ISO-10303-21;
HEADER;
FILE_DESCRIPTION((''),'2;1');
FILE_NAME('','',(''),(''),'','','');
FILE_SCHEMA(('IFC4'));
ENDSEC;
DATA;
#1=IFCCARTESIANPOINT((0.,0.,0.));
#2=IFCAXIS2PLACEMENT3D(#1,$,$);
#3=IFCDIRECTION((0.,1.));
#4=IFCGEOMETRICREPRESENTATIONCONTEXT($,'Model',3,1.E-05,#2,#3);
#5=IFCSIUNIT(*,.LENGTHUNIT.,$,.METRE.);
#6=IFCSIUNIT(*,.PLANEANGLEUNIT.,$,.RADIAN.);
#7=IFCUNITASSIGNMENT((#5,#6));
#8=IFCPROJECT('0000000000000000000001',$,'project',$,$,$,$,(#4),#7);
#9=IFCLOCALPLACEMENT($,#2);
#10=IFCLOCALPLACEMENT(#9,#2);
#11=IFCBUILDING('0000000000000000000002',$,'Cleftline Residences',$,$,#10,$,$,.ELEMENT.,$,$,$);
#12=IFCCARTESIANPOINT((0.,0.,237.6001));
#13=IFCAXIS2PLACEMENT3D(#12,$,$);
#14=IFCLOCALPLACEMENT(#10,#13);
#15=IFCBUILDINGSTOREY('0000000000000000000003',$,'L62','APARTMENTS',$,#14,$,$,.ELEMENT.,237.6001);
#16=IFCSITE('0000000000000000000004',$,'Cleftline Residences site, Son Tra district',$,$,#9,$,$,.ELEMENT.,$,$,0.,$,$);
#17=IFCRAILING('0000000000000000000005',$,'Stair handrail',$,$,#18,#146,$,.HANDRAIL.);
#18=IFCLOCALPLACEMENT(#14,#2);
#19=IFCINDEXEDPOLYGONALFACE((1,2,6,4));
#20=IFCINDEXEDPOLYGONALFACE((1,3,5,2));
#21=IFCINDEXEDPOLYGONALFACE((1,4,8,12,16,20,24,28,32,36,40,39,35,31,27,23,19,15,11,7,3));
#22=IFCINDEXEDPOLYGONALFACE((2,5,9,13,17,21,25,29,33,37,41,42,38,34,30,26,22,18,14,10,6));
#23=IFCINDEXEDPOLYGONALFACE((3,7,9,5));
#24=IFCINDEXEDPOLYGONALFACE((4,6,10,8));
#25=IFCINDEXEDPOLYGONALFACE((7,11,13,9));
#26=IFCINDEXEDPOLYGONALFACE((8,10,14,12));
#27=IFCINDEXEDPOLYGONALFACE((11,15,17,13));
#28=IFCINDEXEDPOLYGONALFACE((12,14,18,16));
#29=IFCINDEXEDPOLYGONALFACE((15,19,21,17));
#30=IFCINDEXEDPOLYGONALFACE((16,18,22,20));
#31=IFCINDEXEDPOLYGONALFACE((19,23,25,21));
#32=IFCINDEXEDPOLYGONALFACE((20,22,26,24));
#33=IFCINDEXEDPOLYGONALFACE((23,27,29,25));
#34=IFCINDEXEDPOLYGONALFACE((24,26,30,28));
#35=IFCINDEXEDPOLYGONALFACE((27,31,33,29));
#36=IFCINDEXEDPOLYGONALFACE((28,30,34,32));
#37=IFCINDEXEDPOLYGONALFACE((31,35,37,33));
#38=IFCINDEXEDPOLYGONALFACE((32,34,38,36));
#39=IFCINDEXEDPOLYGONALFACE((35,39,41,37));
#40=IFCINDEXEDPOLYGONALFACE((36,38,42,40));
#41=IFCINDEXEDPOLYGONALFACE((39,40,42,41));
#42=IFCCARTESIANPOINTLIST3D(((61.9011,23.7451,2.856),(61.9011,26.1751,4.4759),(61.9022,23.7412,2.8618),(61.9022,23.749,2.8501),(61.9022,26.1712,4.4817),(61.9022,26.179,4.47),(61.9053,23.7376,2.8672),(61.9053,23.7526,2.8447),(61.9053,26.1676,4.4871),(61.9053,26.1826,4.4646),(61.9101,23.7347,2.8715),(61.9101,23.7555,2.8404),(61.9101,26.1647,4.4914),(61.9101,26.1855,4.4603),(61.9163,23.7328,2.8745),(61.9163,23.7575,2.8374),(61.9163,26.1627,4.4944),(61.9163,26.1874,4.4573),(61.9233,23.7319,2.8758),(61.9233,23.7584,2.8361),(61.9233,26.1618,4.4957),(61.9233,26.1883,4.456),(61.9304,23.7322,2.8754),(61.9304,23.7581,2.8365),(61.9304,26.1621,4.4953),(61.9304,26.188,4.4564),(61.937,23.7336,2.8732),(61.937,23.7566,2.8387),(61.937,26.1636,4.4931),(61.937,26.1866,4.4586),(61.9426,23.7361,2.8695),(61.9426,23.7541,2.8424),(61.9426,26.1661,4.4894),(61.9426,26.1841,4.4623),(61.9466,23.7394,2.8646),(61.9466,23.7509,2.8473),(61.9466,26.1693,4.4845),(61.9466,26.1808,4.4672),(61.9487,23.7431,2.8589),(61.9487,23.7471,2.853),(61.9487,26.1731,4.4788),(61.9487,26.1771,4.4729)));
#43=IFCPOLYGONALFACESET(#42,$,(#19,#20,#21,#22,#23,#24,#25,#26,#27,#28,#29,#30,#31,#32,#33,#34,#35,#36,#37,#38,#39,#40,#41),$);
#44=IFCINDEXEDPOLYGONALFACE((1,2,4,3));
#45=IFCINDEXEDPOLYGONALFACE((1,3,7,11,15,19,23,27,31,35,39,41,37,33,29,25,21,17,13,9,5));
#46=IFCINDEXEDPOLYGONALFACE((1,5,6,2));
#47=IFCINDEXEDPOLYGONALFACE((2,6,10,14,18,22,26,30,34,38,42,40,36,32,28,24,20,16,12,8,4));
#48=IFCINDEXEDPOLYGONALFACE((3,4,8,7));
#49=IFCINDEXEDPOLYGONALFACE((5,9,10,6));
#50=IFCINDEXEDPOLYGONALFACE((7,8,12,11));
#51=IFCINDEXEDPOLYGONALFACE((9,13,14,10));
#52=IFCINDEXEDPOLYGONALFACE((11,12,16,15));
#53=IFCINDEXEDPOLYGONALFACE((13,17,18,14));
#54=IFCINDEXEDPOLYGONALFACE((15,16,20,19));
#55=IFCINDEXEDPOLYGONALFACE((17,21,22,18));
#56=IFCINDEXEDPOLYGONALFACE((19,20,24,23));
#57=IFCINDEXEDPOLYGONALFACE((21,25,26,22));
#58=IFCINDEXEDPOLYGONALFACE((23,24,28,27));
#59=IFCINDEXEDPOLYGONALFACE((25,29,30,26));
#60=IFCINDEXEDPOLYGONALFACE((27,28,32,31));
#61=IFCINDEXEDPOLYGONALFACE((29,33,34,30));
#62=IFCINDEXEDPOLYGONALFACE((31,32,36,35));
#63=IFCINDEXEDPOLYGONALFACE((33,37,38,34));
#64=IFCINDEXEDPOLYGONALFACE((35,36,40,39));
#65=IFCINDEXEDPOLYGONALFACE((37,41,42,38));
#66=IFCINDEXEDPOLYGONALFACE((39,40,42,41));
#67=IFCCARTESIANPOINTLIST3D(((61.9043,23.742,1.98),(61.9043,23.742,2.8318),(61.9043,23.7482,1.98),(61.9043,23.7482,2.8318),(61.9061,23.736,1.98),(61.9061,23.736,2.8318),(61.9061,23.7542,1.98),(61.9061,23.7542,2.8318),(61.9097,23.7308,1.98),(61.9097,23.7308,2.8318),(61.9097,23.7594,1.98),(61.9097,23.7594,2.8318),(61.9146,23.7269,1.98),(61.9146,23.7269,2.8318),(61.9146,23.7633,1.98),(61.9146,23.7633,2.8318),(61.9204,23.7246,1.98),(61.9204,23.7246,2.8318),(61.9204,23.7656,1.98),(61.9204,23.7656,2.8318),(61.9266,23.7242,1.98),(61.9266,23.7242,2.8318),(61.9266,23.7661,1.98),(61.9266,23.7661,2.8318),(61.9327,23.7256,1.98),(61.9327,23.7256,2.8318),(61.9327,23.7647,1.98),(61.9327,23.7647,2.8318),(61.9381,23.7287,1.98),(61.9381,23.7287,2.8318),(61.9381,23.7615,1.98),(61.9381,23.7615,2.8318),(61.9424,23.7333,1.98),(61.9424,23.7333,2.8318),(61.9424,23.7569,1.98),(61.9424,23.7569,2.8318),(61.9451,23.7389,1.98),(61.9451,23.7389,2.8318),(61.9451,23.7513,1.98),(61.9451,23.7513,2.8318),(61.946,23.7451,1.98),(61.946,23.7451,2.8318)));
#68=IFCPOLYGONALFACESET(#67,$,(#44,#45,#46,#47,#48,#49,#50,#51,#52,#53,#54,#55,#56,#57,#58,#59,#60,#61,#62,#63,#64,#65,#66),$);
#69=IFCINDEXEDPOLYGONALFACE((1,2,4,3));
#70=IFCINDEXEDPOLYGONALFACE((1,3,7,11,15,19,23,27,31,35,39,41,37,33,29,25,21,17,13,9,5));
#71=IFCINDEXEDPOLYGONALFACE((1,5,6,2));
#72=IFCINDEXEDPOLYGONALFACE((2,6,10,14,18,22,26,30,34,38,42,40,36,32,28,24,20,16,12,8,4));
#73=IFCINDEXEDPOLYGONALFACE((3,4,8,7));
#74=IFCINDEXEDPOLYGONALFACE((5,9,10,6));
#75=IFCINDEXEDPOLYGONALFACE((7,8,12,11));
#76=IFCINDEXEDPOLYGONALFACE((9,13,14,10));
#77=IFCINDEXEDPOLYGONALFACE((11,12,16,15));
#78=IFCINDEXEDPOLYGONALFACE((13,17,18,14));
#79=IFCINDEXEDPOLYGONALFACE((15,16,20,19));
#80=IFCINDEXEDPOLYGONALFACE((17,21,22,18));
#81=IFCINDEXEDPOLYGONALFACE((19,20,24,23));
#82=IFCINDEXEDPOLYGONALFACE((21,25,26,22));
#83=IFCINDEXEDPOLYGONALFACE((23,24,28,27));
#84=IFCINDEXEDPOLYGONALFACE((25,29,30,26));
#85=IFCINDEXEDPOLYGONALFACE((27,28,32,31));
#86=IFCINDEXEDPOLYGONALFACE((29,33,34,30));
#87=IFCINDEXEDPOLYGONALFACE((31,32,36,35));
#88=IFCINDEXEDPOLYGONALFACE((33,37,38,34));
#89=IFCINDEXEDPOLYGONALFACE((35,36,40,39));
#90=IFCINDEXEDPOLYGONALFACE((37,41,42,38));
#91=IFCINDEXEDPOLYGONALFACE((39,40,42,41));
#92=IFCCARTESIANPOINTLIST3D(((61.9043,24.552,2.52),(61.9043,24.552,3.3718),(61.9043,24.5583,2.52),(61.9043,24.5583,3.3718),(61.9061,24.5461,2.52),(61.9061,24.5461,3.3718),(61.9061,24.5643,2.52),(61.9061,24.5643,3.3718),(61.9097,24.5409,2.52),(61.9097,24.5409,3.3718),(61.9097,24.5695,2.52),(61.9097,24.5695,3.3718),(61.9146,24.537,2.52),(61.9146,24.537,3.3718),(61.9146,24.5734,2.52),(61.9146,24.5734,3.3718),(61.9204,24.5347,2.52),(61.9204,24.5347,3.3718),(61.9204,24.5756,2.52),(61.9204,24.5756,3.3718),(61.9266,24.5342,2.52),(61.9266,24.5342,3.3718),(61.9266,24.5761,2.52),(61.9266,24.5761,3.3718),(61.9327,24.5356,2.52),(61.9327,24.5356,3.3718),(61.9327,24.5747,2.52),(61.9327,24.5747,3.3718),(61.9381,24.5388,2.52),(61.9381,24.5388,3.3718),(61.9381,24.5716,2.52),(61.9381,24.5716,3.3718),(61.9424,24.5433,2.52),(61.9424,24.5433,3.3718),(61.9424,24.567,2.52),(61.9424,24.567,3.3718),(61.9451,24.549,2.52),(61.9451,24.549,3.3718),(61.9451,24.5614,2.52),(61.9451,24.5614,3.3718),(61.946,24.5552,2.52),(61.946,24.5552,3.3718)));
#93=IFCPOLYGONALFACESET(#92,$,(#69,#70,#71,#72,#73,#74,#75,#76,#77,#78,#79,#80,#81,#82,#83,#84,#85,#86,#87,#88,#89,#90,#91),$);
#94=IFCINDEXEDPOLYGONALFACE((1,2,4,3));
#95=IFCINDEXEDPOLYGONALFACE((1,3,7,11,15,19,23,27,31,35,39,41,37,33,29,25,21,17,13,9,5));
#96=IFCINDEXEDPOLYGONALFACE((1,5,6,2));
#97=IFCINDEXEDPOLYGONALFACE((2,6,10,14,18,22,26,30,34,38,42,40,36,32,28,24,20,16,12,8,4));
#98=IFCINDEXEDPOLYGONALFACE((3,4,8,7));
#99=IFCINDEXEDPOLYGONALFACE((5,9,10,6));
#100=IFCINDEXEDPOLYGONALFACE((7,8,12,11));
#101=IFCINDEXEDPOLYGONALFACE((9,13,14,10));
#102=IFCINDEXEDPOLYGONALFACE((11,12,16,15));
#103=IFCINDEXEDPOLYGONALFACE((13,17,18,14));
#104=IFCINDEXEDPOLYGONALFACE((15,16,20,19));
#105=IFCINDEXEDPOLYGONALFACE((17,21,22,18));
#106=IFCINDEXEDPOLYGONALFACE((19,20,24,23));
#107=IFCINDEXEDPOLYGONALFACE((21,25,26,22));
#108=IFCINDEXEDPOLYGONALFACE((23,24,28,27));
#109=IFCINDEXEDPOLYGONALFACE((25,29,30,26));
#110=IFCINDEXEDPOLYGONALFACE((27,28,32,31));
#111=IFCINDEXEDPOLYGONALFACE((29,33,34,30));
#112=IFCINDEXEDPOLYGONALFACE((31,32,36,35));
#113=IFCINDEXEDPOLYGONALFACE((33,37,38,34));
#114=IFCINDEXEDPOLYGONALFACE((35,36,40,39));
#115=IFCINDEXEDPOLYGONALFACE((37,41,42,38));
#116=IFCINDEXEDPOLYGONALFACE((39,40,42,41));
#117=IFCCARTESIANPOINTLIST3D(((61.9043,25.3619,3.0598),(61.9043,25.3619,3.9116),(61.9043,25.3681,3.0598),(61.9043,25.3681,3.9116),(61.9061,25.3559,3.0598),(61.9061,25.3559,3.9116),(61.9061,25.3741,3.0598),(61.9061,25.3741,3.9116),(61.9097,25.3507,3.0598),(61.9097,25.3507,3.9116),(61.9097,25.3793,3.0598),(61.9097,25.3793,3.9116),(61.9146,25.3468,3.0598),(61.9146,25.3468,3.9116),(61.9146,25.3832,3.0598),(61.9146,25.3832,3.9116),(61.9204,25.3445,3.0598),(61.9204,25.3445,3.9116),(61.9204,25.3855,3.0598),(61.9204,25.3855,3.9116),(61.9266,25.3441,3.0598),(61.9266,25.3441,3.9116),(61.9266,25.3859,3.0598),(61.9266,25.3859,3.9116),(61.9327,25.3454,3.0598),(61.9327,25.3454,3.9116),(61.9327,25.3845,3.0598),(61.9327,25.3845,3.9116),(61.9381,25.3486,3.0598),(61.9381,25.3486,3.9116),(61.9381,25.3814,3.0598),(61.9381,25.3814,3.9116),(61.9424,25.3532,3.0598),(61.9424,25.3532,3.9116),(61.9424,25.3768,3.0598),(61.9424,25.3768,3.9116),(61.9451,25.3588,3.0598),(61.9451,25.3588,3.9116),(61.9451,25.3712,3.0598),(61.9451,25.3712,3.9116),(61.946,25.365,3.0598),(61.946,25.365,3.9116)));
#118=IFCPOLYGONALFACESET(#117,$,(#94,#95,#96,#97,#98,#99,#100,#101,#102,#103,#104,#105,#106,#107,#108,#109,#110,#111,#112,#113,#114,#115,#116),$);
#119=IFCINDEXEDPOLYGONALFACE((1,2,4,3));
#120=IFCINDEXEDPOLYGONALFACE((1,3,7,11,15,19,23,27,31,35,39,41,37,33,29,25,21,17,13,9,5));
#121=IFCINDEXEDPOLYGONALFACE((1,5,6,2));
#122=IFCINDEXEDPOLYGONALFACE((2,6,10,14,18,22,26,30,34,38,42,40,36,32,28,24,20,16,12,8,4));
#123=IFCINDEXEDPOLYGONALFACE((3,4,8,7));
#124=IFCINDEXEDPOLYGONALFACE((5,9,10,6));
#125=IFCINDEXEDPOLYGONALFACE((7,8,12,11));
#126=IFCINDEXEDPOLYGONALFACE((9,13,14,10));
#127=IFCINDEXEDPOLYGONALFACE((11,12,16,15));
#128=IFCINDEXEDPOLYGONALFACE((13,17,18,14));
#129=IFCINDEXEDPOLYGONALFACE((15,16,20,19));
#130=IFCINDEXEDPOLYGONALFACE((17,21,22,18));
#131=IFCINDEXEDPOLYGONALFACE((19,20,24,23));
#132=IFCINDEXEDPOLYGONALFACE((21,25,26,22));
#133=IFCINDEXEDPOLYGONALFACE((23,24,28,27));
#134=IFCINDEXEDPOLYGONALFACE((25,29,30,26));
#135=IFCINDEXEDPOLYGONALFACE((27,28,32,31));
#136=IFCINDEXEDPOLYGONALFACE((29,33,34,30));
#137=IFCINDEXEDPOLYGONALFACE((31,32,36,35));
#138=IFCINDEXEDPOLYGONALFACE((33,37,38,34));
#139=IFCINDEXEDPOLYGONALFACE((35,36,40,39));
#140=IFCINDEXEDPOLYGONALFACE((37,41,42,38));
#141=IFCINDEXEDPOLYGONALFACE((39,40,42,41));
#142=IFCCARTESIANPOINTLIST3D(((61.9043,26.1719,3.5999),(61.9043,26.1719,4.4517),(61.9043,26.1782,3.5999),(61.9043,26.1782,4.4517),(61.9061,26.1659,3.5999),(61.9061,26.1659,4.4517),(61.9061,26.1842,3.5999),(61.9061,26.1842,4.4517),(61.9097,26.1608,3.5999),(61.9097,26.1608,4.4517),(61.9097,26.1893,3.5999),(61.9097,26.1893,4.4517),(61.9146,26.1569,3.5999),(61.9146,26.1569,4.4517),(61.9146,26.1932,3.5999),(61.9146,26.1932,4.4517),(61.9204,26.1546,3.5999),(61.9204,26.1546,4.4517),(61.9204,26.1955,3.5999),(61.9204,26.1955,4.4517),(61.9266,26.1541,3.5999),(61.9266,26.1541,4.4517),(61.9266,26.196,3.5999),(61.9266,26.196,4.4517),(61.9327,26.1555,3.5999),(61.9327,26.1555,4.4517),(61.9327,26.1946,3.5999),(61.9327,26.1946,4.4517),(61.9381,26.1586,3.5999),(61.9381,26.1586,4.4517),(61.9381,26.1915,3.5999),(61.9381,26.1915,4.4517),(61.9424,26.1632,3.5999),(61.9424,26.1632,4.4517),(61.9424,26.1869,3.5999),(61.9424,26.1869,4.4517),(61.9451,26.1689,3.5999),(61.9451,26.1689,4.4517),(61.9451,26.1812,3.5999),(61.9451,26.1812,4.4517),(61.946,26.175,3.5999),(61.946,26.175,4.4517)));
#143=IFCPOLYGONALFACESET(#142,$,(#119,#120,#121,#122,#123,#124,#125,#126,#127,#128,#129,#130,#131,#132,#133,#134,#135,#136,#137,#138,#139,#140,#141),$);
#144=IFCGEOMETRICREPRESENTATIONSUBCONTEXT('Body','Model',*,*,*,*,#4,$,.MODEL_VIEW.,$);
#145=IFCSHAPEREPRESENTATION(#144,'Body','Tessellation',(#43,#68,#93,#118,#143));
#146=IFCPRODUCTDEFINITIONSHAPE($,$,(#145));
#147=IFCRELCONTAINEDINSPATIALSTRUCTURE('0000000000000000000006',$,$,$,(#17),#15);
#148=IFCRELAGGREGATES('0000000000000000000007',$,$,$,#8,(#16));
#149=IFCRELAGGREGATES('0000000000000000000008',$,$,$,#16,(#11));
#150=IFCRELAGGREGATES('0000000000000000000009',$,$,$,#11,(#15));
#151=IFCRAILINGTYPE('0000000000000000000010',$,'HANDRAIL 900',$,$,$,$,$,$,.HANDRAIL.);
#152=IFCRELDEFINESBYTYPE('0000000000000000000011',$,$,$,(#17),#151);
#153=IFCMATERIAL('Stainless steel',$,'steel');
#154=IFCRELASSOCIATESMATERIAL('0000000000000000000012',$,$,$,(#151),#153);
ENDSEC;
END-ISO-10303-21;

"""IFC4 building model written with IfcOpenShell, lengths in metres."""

from ifc_helpers import new_model, si_unit, direction, frame, origin, origin_2d, place, context, subcontext, project, spatial, circle, extrude, material, type_object, element, save


model = new_model("IFC4")

# Units and contexts
model_context = context("Model", 3, precision=1e-05, world=origin(), true_north=direction((0.0, 1.0)))
body_context = subcontext(model_context, "Body", "Model", "MODEL_VIEW")
ifc_project = project(units=[si_unit("LENGTHUNIT", "METRE"), si_unit("PLANEANGLEUNIT", "RADIAN")], contexts=[model_context])

# Site, building, storey
site_placement = place(None, origin())
site = spatial("IfcSite", under=ifc_project, at=site_placement, Name="Cleftline Residences site, Son Tra district", CompositionType="ELEMENT", RefElevation=0.0)
building_placement = place(site_placement, origin())
building = spatial("IfcBuilding", under=site, at=building_placement, Name="Cleftline Residences", CompositionType="ELEMENT")
storey_placement = place(building_placement, frame((0.0, 0.0, 237.6001)))
storey = spatial("IfcBuildingStorey", under=building, at=storey_placement, Name="L62", Description="APARTMENTS", CompositionType="ELEMENT", Elevation=237.6001)

# Railing
ifc_material_1 = material(Name="Stainless steel", Category="steel")
railing_type = type_object("IfcRailingType", Name="HANDRAIL 900", PredefinedType="HANDRAIL", material=ifc_material_1)
railing_placement = place(storey_placement, frame((61.925, 23.7451, 1.98)))
element("IfcRailing", 1, at=railing_placement, inside=storey, type_object=railing_type, Name="Stair handrail", PredefinedType="HANDRAIL", context=body_context, shape_type="SweptSolid", body=[
    extrude(circle(Radius=0.0239, at=origin_2d()), frame((0.0, 0.0, 0.876), z_axis=(0.0, 0.832063, 0.554681), x_axis=(-1.0, 0.0, 0.0)), (0.0, 0.0, 1.0), 2.9204),
    extrude(circle(Radius=0.021, at=origin_2d()), origin(), (0.0, 0.0, 1.0), 0.8518),
    extrude(circle(Radius=0.021, at=origin_2d()), frame((0.0, 0.8101, 0.54)), (0.0, 0.0, 1.0), 0.8518),
    extrude(circle(Radius=0.021, at=origin_2d()), frame((0.0, 1.6199, 1.0798)), (0.0, 0.0, 1.0), 0.8518),
    extrude(circle(Radius=0.021, at=origin_2d()), frame((0.0, 2.4299, 1.6199)), (0.0, 0.0, 1.0), 0.8518),
])

save(model, "model.ifc")
